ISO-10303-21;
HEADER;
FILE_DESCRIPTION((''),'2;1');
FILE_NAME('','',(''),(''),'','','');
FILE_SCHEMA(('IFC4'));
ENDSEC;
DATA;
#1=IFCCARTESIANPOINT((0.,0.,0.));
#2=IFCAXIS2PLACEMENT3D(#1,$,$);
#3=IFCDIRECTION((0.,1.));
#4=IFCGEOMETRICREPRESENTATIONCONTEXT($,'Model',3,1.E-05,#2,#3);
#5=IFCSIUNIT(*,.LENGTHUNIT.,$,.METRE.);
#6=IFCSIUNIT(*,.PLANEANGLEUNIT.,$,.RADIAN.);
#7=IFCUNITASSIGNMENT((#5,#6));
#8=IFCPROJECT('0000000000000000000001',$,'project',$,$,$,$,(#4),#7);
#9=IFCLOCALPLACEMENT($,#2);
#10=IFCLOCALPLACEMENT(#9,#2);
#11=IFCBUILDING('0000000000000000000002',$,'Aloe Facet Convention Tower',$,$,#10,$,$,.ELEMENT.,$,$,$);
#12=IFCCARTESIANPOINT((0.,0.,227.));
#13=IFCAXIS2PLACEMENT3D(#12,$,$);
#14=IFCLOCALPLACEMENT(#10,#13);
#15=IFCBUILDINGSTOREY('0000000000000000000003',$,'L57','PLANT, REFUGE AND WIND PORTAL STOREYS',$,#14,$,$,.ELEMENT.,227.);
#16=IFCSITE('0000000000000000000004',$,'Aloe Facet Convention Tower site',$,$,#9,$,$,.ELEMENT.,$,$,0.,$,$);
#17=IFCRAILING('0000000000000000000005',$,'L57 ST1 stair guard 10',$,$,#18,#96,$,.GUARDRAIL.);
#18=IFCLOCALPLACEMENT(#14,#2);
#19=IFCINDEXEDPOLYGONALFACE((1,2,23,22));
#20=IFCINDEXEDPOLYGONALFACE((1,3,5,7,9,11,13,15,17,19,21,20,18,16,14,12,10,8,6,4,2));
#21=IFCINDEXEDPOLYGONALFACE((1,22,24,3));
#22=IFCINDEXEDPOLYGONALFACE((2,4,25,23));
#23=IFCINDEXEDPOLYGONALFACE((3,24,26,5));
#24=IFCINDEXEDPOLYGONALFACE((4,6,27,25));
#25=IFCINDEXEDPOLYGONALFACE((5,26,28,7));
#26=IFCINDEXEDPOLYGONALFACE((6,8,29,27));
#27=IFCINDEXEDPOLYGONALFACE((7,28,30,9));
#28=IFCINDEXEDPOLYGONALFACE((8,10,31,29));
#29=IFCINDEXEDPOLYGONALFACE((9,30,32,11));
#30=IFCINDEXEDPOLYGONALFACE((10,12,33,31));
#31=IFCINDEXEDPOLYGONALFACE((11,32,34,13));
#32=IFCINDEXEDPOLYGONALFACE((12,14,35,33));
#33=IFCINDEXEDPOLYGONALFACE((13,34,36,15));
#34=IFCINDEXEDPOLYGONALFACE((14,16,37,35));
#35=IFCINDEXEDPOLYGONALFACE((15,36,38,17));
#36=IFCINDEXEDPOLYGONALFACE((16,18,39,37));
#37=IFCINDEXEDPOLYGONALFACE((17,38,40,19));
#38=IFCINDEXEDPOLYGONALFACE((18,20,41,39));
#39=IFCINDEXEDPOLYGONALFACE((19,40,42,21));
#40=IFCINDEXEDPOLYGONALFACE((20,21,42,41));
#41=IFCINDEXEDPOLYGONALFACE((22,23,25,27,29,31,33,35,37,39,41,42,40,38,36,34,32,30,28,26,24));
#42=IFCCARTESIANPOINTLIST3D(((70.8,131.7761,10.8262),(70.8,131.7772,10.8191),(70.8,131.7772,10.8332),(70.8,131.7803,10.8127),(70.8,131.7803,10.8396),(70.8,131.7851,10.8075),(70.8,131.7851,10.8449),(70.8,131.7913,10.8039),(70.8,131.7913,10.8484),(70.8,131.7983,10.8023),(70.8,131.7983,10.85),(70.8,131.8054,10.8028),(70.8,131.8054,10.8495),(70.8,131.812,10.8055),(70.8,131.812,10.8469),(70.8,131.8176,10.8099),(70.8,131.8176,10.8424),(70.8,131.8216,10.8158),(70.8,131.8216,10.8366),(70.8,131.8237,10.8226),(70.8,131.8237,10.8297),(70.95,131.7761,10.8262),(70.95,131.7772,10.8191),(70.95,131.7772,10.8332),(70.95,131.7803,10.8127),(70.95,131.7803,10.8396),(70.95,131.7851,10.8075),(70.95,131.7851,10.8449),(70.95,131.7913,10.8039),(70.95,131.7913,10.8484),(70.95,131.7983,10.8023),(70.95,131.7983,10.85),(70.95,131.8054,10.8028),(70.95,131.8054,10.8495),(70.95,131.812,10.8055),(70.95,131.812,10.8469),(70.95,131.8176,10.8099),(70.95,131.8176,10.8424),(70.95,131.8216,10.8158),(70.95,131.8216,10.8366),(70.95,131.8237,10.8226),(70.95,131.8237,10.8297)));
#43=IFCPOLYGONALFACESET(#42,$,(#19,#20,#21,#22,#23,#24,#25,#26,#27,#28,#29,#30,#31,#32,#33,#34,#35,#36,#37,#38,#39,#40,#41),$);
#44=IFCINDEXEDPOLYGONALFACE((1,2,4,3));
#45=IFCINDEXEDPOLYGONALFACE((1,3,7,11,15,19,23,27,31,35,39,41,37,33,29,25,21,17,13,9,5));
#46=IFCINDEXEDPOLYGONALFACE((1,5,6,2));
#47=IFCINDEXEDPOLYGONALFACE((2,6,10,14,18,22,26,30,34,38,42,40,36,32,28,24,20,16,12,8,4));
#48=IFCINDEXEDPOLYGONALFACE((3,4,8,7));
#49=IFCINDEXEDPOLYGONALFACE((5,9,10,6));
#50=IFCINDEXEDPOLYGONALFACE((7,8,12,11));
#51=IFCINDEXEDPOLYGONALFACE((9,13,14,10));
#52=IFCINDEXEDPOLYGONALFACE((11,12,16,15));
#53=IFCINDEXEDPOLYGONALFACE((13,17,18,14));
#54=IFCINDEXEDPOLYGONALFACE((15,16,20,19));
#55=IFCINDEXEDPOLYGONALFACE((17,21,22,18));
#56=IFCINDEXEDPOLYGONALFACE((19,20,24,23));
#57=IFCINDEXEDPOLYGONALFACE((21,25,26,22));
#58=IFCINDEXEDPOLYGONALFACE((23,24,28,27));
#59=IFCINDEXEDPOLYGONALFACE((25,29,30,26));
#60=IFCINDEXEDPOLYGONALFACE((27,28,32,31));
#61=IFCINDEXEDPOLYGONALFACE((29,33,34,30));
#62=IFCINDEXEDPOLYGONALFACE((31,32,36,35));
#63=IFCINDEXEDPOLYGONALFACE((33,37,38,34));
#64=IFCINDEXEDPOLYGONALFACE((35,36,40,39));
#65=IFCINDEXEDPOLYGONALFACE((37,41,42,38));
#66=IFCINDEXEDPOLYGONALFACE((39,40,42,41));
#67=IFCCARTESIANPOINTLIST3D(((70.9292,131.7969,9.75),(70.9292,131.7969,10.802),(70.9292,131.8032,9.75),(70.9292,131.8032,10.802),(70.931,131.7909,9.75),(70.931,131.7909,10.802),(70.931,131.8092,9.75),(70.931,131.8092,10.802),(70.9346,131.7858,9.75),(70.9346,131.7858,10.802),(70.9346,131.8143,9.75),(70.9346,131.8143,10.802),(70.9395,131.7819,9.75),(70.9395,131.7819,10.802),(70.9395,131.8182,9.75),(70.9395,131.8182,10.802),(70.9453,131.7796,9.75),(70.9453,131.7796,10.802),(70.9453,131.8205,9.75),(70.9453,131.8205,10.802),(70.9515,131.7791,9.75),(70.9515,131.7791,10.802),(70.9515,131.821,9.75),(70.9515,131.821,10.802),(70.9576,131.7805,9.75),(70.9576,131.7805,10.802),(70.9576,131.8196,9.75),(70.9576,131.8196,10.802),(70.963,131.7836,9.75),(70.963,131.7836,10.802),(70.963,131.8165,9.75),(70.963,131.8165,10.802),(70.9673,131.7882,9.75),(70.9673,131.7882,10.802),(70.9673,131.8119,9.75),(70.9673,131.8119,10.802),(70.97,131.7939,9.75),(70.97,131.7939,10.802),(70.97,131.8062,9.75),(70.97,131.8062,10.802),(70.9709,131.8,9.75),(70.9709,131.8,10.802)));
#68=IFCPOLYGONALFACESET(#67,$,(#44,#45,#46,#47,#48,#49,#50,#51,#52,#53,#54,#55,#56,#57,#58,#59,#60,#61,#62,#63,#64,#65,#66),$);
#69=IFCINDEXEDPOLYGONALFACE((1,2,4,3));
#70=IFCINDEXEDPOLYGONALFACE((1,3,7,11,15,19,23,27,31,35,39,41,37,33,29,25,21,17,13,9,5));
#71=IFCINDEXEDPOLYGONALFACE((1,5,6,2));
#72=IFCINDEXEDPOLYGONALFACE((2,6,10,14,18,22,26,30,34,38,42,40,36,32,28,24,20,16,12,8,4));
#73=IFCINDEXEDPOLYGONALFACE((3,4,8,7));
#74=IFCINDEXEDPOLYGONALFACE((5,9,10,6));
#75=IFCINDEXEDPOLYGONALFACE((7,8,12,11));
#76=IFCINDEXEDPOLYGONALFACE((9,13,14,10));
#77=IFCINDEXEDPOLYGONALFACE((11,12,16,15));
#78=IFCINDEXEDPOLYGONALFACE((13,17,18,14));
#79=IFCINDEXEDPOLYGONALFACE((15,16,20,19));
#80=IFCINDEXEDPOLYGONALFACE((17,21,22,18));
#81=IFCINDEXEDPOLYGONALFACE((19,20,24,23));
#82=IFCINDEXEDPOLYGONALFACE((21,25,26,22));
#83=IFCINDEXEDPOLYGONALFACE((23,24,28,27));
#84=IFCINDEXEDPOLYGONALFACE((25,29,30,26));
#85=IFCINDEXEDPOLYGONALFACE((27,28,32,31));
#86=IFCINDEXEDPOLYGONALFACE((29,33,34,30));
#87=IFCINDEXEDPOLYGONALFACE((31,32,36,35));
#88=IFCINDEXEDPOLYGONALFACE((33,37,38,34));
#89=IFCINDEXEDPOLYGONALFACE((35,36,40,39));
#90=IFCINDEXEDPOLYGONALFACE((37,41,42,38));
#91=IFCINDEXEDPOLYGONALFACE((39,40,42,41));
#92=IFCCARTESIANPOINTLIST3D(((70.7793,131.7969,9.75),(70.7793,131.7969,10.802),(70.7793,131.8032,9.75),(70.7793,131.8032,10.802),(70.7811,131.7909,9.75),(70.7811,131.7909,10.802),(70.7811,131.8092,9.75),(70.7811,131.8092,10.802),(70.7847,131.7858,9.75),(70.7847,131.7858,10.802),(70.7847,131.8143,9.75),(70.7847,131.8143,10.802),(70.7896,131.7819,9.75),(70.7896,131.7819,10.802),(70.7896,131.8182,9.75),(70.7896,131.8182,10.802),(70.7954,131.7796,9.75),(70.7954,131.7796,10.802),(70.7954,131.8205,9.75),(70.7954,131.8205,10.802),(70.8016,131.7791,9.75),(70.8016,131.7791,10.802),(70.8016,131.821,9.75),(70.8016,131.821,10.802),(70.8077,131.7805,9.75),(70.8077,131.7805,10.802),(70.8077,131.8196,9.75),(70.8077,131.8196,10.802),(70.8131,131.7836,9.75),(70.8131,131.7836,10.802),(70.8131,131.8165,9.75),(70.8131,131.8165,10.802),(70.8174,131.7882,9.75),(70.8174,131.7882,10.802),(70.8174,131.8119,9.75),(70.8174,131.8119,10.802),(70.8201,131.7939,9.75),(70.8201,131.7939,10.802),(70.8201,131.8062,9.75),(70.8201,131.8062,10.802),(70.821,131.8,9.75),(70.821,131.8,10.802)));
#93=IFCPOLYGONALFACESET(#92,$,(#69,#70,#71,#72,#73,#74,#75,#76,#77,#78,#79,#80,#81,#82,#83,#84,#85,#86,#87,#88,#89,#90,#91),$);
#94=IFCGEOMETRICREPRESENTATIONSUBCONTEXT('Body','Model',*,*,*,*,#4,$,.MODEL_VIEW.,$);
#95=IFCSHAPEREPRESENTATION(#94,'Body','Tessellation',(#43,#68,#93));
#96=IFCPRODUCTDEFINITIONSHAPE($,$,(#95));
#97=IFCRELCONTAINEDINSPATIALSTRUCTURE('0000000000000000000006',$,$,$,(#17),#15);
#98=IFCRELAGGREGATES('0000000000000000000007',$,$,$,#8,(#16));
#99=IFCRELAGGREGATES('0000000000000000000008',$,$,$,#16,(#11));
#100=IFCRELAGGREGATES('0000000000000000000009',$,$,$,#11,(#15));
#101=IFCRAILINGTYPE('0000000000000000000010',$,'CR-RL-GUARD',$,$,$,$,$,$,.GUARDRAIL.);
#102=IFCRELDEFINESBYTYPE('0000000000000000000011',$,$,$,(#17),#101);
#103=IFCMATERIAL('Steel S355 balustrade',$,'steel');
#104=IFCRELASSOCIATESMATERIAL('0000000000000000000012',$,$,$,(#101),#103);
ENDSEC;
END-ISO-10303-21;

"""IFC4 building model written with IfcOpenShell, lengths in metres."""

from ifc_helpers import new_model, si_unit, direction, frame, origin, origin_2d, place, context, subcontext, project, spatial, circle, extrude, material, type_object, element, save


model = new_model("IFC4")

# Units and contexts
model_context = context("Model", 3, precision=1e-05, world=origin(), true_north=direction((0.0, 1.0)))
body_context = subcontext(model_context, "Body", "Model", "MODEL_VIEW")
ifc_project = project(units=[si_unit("LENGTHUNIT", "METRE"), si_unit("PLANEANGLEUNIT", "RADIAN")], contexts=[model_context])

# Site, building, storey
site_placement = place(None, origin())
site = spatial("IfcSite", under=ifc_project, at=site_placement, Name="Aloe Facet Convention Tower site", CompositionType="ELEMENT", RefElevation=0.0)
building_placement = place(site_placement, origin())
building = spatial("IfcBuilding", under=site, at=building_placement, Name="Aloe Facet Convention Tower", CompositionType="ELEMENT")
storey_placement = place(building_placement, frame((0.0, 0.0, 227.0)))
storey = spatial("IfcBuildingStorey", under=building, at=storey_placement, Name="L57", Description="PLANT, REFUGE AND WIND PORTAL STOREYS", CompositionType="ELEMENT", Elevation=227.0)

# Railing
ifc_material_1 = material(Name="Steel S355 balustrade", Category="steel")
railing_type_1 = type_object("IfcRailingType", Name="CR-RL-GUARD", PredefinedType="GUARDRAIL", material=ifc_material_1)
railing_1_placement = place(storey_placement, frame((70.95, 131.8, 9.75)))
element("IfcRailing", 1, at=railing_1_placement, inside=storey, type_object=railing_type_1, Name="L57 ST1 stair guard 10", PredefinedType="GUARDRAIL", context=body_context, shape_type="SweptSolid", body=[
    extrude(circle(Radius=0.0239, at=origin_2d()), frame((0.0, 0.0, 1.0762), z_axis=(-1.0, 0.0, 0.0), x_axis=(0.0, -1.0, 0.0)), (0.0, 0.0, 1.0), 0.1499),
    extrude(circle(Radius=0.021, at=origin_2d()), origin(), (0.0, 0.0, 1.0), 1.052),
    extrude(circle(Radius=0.021, at=origin_2d()), frame((-0.1499, 0.0, 0.0)), (0.0, 0.0, 1.0), 1.052),
])

save(model, "model.ifc")
